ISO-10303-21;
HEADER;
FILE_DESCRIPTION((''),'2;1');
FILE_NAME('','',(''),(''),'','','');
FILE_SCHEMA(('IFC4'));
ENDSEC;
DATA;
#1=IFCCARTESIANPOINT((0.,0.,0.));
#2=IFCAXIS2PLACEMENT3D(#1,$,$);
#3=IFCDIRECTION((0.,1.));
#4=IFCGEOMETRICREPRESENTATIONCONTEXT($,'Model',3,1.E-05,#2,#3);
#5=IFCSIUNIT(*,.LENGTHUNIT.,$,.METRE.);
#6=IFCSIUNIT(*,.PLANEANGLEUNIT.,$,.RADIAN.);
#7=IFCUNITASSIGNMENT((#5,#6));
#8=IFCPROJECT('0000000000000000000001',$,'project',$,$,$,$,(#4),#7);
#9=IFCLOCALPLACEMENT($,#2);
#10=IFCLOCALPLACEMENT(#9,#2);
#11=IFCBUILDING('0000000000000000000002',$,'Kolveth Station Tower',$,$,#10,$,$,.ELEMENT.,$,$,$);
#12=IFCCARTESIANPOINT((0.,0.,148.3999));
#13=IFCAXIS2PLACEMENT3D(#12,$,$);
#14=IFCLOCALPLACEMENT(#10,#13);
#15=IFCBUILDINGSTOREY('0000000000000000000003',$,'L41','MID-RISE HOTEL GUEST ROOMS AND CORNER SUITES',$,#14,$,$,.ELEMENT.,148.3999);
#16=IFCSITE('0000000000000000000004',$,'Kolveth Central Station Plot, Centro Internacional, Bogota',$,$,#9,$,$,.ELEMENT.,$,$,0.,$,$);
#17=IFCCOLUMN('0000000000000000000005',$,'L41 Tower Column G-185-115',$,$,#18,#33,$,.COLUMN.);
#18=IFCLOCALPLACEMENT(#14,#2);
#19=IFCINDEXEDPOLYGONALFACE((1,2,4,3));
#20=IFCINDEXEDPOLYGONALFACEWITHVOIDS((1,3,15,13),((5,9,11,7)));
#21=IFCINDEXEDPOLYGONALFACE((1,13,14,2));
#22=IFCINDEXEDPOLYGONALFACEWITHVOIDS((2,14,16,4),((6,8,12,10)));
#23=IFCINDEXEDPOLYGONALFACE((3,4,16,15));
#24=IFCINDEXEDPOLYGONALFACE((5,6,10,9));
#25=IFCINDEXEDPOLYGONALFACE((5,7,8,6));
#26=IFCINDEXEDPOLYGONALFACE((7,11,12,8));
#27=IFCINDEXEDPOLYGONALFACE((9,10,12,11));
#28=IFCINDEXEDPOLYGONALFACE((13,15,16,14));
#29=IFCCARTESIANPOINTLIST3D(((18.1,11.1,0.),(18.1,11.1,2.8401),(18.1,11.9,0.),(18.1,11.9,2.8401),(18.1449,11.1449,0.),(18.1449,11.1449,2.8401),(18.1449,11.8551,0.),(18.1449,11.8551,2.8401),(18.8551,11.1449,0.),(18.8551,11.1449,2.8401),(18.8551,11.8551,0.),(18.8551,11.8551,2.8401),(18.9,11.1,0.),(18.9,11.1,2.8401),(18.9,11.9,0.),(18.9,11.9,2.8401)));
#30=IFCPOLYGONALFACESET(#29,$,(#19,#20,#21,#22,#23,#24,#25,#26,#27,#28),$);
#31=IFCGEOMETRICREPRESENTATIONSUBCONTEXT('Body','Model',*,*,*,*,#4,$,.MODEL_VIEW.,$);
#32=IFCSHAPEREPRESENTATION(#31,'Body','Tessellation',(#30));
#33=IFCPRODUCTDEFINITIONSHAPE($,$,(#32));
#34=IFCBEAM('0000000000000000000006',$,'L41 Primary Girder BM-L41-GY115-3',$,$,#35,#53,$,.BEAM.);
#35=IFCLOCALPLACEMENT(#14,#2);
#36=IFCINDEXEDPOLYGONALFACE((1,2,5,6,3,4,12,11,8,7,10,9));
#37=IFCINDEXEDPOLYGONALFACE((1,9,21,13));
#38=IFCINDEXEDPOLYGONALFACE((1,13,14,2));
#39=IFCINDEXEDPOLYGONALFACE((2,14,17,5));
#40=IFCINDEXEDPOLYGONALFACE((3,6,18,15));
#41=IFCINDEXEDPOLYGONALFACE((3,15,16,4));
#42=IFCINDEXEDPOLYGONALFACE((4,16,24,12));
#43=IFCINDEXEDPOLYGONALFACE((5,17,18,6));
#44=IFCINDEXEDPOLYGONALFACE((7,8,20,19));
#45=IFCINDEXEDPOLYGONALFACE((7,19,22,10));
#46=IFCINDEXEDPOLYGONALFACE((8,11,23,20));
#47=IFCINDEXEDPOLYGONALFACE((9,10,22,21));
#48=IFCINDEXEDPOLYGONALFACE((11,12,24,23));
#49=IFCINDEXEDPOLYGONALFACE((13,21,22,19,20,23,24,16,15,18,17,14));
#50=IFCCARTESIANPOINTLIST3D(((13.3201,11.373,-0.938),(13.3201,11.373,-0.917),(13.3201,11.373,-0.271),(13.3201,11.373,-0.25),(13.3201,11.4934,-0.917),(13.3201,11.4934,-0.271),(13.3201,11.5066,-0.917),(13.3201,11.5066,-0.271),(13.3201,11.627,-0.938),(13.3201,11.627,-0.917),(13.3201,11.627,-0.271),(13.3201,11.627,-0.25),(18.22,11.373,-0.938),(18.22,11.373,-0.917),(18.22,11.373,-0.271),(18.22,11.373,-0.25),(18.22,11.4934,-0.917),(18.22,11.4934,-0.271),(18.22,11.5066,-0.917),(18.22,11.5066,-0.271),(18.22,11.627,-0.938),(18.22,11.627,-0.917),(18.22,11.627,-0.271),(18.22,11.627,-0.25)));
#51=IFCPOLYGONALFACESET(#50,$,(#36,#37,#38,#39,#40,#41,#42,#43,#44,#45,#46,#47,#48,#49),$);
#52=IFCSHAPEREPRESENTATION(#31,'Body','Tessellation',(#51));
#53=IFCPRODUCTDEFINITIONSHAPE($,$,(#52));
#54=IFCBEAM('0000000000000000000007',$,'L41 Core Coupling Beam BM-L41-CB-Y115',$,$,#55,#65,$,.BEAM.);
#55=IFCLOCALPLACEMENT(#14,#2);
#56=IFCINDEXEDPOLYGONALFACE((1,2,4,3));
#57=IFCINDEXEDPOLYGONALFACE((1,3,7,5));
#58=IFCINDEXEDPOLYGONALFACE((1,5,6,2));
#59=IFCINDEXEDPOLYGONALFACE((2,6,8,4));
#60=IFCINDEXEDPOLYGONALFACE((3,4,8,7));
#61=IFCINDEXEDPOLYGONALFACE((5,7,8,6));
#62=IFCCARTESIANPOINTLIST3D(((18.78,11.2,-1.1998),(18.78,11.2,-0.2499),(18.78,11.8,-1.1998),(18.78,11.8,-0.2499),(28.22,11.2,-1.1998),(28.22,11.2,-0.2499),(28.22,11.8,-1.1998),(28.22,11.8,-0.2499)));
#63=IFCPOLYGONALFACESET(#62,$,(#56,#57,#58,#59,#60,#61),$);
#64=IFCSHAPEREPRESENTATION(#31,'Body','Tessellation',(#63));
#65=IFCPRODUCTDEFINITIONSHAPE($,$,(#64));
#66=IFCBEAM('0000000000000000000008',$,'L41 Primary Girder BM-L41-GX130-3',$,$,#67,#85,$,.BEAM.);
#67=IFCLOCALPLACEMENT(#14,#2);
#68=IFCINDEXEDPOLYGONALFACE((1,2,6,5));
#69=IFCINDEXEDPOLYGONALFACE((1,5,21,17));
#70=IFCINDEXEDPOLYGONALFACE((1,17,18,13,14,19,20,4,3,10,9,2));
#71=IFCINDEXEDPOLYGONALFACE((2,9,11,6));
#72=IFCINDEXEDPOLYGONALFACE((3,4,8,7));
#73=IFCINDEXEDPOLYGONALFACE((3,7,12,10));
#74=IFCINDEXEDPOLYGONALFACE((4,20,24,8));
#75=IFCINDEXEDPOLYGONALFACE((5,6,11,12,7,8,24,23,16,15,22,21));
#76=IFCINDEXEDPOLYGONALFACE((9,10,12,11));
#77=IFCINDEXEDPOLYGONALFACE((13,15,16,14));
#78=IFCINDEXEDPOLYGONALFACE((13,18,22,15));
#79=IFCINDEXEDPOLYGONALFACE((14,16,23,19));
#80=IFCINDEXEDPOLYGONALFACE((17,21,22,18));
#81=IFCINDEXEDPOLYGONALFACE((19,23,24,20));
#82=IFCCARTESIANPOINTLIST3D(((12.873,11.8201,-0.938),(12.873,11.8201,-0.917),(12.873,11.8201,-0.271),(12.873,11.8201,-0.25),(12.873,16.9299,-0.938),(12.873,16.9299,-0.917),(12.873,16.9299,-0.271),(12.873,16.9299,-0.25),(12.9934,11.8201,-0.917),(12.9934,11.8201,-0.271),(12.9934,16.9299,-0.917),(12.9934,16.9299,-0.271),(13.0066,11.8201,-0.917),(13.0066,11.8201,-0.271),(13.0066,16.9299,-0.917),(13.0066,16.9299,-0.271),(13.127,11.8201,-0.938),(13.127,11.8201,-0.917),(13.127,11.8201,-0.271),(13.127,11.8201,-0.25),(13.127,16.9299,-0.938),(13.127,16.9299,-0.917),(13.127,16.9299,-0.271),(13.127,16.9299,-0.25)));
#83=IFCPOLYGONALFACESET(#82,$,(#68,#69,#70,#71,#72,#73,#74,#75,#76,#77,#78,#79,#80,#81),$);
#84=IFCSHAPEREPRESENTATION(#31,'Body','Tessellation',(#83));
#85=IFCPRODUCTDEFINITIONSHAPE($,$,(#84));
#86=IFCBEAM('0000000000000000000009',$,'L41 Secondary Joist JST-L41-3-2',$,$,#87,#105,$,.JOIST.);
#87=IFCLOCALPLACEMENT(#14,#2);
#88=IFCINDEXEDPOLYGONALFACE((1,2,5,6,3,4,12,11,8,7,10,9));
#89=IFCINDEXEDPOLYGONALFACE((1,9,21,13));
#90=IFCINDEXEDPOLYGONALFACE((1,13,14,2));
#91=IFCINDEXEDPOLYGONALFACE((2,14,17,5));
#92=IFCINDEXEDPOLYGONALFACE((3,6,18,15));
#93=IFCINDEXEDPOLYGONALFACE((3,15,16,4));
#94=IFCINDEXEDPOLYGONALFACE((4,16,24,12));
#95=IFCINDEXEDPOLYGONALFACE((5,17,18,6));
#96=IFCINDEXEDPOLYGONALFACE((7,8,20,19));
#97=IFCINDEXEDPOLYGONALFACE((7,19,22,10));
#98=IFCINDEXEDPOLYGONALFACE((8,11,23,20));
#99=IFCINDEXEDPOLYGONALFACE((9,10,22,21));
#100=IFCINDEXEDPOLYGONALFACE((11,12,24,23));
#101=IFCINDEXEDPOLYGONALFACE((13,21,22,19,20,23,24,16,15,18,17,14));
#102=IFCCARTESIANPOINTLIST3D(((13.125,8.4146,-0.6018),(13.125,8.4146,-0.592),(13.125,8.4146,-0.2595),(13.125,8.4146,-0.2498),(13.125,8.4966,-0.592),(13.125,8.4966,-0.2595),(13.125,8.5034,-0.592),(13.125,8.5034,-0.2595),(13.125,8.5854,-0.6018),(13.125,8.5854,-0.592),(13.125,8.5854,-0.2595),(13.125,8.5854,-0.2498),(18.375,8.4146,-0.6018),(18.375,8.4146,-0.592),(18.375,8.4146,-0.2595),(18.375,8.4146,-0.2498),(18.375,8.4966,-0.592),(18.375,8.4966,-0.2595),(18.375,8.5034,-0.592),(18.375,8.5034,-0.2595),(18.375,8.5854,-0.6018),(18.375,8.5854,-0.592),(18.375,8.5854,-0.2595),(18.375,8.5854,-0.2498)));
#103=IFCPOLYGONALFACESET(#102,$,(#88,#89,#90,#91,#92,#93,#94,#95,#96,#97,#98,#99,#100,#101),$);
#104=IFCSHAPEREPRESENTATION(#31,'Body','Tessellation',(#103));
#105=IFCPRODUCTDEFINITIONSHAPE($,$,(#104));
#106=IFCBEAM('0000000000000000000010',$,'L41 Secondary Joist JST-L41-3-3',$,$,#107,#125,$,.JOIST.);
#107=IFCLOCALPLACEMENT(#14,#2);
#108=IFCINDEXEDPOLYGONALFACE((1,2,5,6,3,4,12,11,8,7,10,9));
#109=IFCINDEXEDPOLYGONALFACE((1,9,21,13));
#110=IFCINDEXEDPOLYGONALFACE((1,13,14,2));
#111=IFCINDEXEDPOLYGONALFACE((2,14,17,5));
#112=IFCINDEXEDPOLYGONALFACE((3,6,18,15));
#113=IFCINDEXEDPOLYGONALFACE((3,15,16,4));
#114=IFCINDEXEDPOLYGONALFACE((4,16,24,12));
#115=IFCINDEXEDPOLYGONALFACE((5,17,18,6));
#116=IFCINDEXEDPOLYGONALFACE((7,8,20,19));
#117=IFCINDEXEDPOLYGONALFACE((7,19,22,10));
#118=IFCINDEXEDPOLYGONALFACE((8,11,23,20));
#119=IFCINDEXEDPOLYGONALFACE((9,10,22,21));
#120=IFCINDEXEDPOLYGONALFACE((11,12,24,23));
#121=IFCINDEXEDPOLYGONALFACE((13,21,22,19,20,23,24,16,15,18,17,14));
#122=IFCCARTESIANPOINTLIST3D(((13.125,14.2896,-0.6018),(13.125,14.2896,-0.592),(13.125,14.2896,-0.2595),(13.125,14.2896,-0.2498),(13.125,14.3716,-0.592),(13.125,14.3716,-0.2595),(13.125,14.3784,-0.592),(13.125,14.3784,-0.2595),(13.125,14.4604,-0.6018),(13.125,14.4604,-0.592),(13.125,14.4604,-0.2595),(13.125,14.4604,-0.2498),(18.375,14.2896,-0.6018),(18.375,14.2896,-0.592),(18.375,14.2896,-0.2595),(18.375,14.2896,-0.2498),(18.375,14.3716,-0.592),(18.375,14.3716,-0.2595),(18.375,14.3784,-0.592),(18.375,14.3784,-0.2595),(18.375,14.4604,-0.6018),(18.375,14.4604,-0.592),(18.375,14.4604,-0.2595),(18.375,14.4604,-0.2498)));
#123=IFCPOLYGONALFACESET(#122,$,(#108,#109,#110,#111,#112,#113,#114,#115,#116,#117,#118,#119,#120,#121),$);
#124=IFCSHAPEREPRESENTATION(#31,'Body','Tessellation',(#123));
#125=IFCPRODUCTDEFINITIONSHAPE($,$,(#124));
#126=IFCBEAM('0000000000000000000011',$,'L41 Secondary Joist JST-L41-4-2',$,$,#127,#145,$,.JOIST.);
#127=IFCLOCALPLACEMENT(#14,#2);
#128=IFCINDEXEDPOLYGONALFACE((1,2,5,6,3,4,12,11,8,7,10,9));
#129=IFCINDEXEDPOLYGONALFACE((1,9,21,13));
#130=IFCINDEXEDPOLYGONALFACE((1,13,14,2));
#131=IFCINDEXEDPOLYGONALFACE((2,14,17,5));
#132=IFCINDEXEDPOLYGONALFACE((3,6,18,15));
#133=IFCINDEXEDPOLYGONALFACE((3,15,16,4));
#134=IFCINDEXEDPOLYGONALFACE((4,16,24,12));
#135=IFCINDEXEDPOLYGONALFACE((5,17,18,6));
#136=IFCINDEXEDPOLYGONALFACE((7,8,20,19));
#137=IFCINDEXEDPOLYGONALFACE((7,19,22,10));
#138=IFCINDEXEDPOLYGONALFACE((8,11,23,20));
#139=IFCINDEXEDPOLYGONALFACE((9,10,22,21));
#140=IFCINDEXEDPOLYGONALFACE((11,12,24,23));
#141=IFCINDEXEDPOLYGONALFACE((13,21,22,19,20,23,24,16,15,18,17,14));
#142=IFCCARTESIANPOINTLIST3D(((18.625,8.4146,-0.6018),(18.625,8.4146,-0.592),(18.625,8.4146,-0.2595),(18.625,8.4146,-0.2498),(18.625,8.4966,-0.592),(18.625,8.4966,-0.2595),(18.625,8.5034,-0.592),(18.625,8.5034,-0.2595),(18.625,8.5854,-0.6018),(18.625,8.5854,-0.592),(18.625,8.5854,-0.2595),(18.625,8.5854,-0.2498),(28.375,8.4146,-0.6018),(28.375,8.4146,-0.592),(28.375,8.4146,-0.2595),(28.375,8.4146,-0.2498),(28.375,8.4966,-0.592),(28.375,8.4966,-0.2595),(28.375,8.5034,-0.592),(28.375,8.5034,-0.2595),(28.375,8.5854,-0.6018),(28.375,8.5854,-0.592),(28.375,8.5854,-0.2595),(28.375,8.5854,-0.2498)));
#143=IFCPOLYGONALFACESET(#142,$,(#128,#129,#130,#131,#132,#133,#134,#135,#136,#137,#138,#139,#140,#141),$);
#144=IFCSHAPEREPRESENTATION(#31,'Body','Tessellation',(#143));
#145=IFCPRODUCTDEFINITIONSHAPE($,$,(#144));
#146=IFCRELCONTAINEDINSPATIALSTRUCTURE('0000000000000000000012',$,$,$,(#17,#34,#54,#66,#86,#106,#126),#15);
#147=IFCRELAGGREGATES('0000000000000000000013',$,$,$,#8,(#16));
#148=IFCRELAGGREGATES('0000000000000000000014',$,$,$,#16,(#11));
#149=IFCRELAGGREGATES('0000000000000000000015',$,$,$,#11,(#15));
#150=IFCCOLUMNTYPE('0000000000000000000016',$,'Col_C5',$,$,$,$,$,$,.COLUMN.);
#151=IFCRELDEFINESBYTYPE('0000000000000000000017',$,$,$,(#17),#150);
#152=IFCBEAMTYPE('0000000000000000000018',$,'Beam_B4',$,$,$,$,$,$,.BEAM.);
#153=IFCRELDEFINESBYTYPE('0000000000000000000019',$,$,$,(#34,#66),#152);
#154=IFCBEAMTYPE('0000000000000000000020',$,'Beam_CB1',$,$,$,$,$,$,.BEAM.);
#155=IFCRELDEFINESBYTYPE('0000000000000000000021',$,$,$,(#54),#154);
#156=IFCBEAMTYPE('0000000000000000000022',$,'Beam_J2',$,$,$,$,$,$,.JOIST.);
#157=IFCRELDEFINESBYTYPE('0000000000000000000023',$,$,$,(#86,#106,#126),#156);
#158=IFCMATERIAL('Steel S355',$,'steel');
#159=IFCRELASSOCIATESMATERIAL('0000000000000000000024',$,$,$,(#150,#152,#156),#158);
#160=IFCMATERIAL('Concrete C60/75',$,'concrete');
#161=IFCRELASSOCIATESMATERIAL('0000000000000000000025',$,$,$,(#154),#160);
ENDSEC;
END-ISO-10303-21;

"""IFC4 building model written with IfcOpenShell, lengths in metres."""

from ifc_helpers import new_model, si_unit, direction, frame, origin, origin_2d, place, context, subcontext, project, spatial, rectangle, hollow_rectangle, i_section, extrude, source, transform, mapped, material, material_profile, profile_set, type_object, element, save


model = new_model("IFC4")

# Units and contexts
model_context = context("Model", 3, precision=1e-05, world=origin(), true_north=direction((0.0, 1.0)))
body_context = subcontext(model_context, "Body", "Model", "MODEL_VIEW")
ifc_project = project(units=[si_unit("LENGTHUNIT", "METRE"), si_unit("PLANEANGLEUNIT", "RADIAN")], contexts=[model_context])

# Site, building, storey
site_placement = place(None, origin())
site = spatial("IfcSite", under=ifc_project, at=site_placement, Name="Kolveth Central Station Plot, Centro Internacional, Bogota", CompositionType="ELEMENT", RefElevation=0.0)
building_placement = place(site_placement, origin())
building = spatial("IfcBuilding", under=site, at=building_placement, Name="Kolveth Station Tower", CompositionType="ELEMENT")
storey_placement = place(building_placement, frame((0.0, 0.0, 148.3999)))
storey = spatial("IfcBuildingStorey", under=building, at=storey_placement, Name="L41", Description="MID-RISE HOTEL GUEST ROOMS AND CORNER SUITES", CompositionType="ELEMENT", Elevation=148.3999)

# Column
ifc_material_1 = material(Name="Steel S355", Category="steel")
ifc_material_profile_1 = material_profile(ifc_material_1, hollow_rectangle(XDim=0.8, YDim=0.8, WallThickness=0.0449, at=origin_2d()), Name="BOX800x800x45")
ifc_profile_set_1 = profile_set([ifc_material_profile_1], Name="Steel S355")
column_type = type_object("IfcColumnType", Name="Col_C5", PredefinedType="COLUMN", material=ifc_profile_set_1)
shared_shape_1 = source(origin(), body_context, "Body", "SweptSolid", [
    extrude(hollow_rectangle(XDim=0.8, YDim=0.8, WallThickness=0.0449, at=origin_2d()), origin(), (0.0, 0.0, 1.0), 2.8401),
])
column_placement = place(storey_placement, frame((18.5, 11.5, 0.0), z_axis=(0.0, 0.0, 1.0), x_axis=(1.0, 0.0, 0.0)))
element("IfcColumn", 1, at=column_placement, inside=storey, type_object=column_type, Name="L41 Tower Column G-185-115", PredefinedType="COLUMN", context=body_context, shape_type="MappedRepresentation", body=[
    mapped(shared_shape_1, transform((0.0, 0.0, 0.0), x_axis=(1.0, 0.0, 0.0), y_axis=(0.0, 1.0, 0.0), z_axis=(0.0, 0.0, 1.0), scale=1.0)),
])

# Beams
ifc_material_profile_2 = material_profile(ifc_material_1, i_section(OverallWidth=0.2539, OverallDepth=0.688, WebThickness=0.0132, FlangeThickness=0.021, at=origin_2d()), Name="W690x152")
ifc_profile_set_2 = profile_set([ifc_material_profile_2], Name="Steel S355")
beam_type_1 = type_object("IfcBeamType", Name="Beam_B4", PredefinedType="BEAM", material=ifc_profile_set_2)
shared_shape_2 = source(origin(), body_context, "Body", "SweptSolid", [
    extrude(i_section(OverallWidth=0.2539, OverallDepth=0.688, WebThickness=0.0132, FlangeThickness=0.021, at=origin_2d()), origin(), (0.0, 0.0, 1.0), 4.8999),
])
beam_1_placement = place(storey_placement, frame((13.3201, 11.5, -0.594), z_axis=(1.0, 0.0, 0.0), x_axis=(0.0, 1.0, 0.0)))
element("IfcBeam", 2, at=beam_1_placement, inside=storey, type_object=beam_type_1, Name="L41 Primary Girder BM-L41-GY115-3", PredefinedType="BEAM", context=body_context, shape_type="MappedRepresentation", body=[
    mapped(shared_shape_2, transform((0.0, 0.0, 0.0), x_axis=(1.0, 0.0, 0.0), y_axis=(0.0, 1.0, 0.0), z_axis=(0.0, 0.0, 1.0), scale=1.0)),
])
ifc_material_2 = material(Name="Concrete C60/75", Category="concrete")
ifc_material_profile_3 = material_profile(ifc_material_2, rectangle(XDim=0.6001, YDim=0.95, at=origin_2d()), Name="RC-600x950")
ifc_profile_set_3 = profile_set([ifc_material_profile_3], Name="Concrete C60/75")
beam_type_2 = type_object("IfcBeamType", Name="Beam_CB1", PredefinedType="BEAM", material=ifc_profile_set_3)
shared_shape_3 = source(origin(), body_context, "Body", "SweptSolid", [
    extrude(rectangle(XDim=0.6001, YDim=0.95, at=origin_2d()), origin(), (0.0, 0.0, 1.0), 9.4399),
])
beam_2_placement = place(storey_placement, frame((18.78, 11.5, -0.7249), z_axis=(1.0, 0.0, 0.0), x_axis=(0.0, 1.0, 0.0)))
element("IfcBeam", 3, at=beam_2_placement, inside=storey, type_object=beam_type_2, Name="L41 Core Coupling Beam BM-L41-CB-Y115", PredefinedType="BEAM", context=body_context, shape_type="MappedRepresentation", body=[
    mapped(shared_shape_3, transform((0.0, 0.0, 0.0), x_axis=(1.0, 0.0, 0.0), y_axis=(0.0, 1.0, 0.0), z_axis=(0.0, 0.0, 1.0), scale=1.0)),
])
shared_shape_4 = source(origin(), body_context, "Body", "SweptSolid", [
    extrude(i_section(OverallWidth=0.2539, OverallDepth=0.688, WebThickness=0.0132, FlangeThickness=0.021, at=origin_2d()), origin(), (0.0, 0.0, 1.0), 5.1099),
])
beam_3_placement = place(storey_placement, frame((13.0, 11.8201, -0.594), z_axis=(0.0, 1.0, 0.0), x_axis=(-1.0, 0.0, 0.0)))
element("IfcBeam", 4, at=beam_3_placement, inside=storey, type_object=beam_type_1, Name="L41 Primary Girder BM-L41-GX130-3", PredefinedType="BEAM", context=body_context, shape_type="MappedRepresentation", body=[
    mapped(shared_shape_4, transform((0.0, 0.0, 0.0), x_axis=(1.0, 0.0, 0.0), y_axis=(0.0, 1.0, 0.0), z_axis=(0.0, 0.0, 1.0), scale=1.0)),
])
ifc_material_profile_4 = material_profile(ifc_material_1, i_section(OverallWidth=0.1709, OverallDepth=0.3521, WebThickness=0.0068, FlangeThickness=0.0098, at=origin_2d()), Name="W360x44")
ifc_profile_set_4 = profile_set([ifc_material_profile_4], Name="Steel S355")
beam_type_3 = type_object("IfcBeamType", Name="Beam_J2", PredefinedType="JOIST", material=ifc_profile_set_4)
shared_shape_5 = source(origin(), body_context, "Body", "SweptSolid", [
    extrude(i_section(OverallWidth=0.1709, OverallDepth=0.3521, WebThickness=0.0068, FlangeThickness=0.0098, at=origin_2d()), origin(), (0.0, 0.0, 1.0), 5.25),
])
for number, where, z_axis, x_axis, name in (
    (5, (13.125, 8.5, -0.4258), (1.0, 0.0, 0.0), (0.0, 1.0, 0.0), "L41 Secondary Joist JST-L41-3-2"),
    (6, (13.125, 14.375, -0.4258), (1.0, 0.0, 0.0), (0.0, 1.0, 0.0), "L41 Secondary Joist JST-L41-3-3"),
):
    element("IfcBeam", number, at=place(storey_placement, frame(where, z_axis=z_axis, x_axis=x_axis)), inside=storey, type_object=beam_type_3, Name=name, PredefinedType="JOIST", context=body_context, shape_type="MappedRepresentation", body=[
        mapped(shared_shape_5, transform((0.0, 0.0, 0.0), x_axis=(1.0, 0.0, 0.0), y_axis=(0.0, 1.0, 0.0), z_axis=(0.0, 0.0, 1.0), scale=1.0)),
    ])
shared_shape_6 = source(origin(), body_context, "Body", "SweptSolid", [
    extrude(i_section(OverallWidth=0.1709, OverallDepth=0.3521, WebThickness=0.0068, FlangeThickness=0.0098, at=origin_2d()), origin(), (0.0, 0.0, 1.0), 9.75),
])
beam_4_placement = place(storey_placement, frame((18.625, 8.5, -0.4258), z_axis=(1.0, 0.0, 0.0), x_axis=(0.0, 1.0, 0.0)))
element("IfcBeam", 7, at=beam_4_placement, inside=storey, type_object=beam_type_3, Name="L41 Secondary Joist JST-L41-4-2", PredefinedType="JOIST", context=body_context, shape_type="MappedRepresentation", body=[
    mapped(shared_shape_6, transform((0.0, 0.0, 0.0), x_axis=(1.0, 0.0, 0.0), y_axis=(0.0, 1.0, 0.0), z_axis=(0.0, 0.0, 1.0), scale=1.0)),
])

save(model, "model.ifc")
